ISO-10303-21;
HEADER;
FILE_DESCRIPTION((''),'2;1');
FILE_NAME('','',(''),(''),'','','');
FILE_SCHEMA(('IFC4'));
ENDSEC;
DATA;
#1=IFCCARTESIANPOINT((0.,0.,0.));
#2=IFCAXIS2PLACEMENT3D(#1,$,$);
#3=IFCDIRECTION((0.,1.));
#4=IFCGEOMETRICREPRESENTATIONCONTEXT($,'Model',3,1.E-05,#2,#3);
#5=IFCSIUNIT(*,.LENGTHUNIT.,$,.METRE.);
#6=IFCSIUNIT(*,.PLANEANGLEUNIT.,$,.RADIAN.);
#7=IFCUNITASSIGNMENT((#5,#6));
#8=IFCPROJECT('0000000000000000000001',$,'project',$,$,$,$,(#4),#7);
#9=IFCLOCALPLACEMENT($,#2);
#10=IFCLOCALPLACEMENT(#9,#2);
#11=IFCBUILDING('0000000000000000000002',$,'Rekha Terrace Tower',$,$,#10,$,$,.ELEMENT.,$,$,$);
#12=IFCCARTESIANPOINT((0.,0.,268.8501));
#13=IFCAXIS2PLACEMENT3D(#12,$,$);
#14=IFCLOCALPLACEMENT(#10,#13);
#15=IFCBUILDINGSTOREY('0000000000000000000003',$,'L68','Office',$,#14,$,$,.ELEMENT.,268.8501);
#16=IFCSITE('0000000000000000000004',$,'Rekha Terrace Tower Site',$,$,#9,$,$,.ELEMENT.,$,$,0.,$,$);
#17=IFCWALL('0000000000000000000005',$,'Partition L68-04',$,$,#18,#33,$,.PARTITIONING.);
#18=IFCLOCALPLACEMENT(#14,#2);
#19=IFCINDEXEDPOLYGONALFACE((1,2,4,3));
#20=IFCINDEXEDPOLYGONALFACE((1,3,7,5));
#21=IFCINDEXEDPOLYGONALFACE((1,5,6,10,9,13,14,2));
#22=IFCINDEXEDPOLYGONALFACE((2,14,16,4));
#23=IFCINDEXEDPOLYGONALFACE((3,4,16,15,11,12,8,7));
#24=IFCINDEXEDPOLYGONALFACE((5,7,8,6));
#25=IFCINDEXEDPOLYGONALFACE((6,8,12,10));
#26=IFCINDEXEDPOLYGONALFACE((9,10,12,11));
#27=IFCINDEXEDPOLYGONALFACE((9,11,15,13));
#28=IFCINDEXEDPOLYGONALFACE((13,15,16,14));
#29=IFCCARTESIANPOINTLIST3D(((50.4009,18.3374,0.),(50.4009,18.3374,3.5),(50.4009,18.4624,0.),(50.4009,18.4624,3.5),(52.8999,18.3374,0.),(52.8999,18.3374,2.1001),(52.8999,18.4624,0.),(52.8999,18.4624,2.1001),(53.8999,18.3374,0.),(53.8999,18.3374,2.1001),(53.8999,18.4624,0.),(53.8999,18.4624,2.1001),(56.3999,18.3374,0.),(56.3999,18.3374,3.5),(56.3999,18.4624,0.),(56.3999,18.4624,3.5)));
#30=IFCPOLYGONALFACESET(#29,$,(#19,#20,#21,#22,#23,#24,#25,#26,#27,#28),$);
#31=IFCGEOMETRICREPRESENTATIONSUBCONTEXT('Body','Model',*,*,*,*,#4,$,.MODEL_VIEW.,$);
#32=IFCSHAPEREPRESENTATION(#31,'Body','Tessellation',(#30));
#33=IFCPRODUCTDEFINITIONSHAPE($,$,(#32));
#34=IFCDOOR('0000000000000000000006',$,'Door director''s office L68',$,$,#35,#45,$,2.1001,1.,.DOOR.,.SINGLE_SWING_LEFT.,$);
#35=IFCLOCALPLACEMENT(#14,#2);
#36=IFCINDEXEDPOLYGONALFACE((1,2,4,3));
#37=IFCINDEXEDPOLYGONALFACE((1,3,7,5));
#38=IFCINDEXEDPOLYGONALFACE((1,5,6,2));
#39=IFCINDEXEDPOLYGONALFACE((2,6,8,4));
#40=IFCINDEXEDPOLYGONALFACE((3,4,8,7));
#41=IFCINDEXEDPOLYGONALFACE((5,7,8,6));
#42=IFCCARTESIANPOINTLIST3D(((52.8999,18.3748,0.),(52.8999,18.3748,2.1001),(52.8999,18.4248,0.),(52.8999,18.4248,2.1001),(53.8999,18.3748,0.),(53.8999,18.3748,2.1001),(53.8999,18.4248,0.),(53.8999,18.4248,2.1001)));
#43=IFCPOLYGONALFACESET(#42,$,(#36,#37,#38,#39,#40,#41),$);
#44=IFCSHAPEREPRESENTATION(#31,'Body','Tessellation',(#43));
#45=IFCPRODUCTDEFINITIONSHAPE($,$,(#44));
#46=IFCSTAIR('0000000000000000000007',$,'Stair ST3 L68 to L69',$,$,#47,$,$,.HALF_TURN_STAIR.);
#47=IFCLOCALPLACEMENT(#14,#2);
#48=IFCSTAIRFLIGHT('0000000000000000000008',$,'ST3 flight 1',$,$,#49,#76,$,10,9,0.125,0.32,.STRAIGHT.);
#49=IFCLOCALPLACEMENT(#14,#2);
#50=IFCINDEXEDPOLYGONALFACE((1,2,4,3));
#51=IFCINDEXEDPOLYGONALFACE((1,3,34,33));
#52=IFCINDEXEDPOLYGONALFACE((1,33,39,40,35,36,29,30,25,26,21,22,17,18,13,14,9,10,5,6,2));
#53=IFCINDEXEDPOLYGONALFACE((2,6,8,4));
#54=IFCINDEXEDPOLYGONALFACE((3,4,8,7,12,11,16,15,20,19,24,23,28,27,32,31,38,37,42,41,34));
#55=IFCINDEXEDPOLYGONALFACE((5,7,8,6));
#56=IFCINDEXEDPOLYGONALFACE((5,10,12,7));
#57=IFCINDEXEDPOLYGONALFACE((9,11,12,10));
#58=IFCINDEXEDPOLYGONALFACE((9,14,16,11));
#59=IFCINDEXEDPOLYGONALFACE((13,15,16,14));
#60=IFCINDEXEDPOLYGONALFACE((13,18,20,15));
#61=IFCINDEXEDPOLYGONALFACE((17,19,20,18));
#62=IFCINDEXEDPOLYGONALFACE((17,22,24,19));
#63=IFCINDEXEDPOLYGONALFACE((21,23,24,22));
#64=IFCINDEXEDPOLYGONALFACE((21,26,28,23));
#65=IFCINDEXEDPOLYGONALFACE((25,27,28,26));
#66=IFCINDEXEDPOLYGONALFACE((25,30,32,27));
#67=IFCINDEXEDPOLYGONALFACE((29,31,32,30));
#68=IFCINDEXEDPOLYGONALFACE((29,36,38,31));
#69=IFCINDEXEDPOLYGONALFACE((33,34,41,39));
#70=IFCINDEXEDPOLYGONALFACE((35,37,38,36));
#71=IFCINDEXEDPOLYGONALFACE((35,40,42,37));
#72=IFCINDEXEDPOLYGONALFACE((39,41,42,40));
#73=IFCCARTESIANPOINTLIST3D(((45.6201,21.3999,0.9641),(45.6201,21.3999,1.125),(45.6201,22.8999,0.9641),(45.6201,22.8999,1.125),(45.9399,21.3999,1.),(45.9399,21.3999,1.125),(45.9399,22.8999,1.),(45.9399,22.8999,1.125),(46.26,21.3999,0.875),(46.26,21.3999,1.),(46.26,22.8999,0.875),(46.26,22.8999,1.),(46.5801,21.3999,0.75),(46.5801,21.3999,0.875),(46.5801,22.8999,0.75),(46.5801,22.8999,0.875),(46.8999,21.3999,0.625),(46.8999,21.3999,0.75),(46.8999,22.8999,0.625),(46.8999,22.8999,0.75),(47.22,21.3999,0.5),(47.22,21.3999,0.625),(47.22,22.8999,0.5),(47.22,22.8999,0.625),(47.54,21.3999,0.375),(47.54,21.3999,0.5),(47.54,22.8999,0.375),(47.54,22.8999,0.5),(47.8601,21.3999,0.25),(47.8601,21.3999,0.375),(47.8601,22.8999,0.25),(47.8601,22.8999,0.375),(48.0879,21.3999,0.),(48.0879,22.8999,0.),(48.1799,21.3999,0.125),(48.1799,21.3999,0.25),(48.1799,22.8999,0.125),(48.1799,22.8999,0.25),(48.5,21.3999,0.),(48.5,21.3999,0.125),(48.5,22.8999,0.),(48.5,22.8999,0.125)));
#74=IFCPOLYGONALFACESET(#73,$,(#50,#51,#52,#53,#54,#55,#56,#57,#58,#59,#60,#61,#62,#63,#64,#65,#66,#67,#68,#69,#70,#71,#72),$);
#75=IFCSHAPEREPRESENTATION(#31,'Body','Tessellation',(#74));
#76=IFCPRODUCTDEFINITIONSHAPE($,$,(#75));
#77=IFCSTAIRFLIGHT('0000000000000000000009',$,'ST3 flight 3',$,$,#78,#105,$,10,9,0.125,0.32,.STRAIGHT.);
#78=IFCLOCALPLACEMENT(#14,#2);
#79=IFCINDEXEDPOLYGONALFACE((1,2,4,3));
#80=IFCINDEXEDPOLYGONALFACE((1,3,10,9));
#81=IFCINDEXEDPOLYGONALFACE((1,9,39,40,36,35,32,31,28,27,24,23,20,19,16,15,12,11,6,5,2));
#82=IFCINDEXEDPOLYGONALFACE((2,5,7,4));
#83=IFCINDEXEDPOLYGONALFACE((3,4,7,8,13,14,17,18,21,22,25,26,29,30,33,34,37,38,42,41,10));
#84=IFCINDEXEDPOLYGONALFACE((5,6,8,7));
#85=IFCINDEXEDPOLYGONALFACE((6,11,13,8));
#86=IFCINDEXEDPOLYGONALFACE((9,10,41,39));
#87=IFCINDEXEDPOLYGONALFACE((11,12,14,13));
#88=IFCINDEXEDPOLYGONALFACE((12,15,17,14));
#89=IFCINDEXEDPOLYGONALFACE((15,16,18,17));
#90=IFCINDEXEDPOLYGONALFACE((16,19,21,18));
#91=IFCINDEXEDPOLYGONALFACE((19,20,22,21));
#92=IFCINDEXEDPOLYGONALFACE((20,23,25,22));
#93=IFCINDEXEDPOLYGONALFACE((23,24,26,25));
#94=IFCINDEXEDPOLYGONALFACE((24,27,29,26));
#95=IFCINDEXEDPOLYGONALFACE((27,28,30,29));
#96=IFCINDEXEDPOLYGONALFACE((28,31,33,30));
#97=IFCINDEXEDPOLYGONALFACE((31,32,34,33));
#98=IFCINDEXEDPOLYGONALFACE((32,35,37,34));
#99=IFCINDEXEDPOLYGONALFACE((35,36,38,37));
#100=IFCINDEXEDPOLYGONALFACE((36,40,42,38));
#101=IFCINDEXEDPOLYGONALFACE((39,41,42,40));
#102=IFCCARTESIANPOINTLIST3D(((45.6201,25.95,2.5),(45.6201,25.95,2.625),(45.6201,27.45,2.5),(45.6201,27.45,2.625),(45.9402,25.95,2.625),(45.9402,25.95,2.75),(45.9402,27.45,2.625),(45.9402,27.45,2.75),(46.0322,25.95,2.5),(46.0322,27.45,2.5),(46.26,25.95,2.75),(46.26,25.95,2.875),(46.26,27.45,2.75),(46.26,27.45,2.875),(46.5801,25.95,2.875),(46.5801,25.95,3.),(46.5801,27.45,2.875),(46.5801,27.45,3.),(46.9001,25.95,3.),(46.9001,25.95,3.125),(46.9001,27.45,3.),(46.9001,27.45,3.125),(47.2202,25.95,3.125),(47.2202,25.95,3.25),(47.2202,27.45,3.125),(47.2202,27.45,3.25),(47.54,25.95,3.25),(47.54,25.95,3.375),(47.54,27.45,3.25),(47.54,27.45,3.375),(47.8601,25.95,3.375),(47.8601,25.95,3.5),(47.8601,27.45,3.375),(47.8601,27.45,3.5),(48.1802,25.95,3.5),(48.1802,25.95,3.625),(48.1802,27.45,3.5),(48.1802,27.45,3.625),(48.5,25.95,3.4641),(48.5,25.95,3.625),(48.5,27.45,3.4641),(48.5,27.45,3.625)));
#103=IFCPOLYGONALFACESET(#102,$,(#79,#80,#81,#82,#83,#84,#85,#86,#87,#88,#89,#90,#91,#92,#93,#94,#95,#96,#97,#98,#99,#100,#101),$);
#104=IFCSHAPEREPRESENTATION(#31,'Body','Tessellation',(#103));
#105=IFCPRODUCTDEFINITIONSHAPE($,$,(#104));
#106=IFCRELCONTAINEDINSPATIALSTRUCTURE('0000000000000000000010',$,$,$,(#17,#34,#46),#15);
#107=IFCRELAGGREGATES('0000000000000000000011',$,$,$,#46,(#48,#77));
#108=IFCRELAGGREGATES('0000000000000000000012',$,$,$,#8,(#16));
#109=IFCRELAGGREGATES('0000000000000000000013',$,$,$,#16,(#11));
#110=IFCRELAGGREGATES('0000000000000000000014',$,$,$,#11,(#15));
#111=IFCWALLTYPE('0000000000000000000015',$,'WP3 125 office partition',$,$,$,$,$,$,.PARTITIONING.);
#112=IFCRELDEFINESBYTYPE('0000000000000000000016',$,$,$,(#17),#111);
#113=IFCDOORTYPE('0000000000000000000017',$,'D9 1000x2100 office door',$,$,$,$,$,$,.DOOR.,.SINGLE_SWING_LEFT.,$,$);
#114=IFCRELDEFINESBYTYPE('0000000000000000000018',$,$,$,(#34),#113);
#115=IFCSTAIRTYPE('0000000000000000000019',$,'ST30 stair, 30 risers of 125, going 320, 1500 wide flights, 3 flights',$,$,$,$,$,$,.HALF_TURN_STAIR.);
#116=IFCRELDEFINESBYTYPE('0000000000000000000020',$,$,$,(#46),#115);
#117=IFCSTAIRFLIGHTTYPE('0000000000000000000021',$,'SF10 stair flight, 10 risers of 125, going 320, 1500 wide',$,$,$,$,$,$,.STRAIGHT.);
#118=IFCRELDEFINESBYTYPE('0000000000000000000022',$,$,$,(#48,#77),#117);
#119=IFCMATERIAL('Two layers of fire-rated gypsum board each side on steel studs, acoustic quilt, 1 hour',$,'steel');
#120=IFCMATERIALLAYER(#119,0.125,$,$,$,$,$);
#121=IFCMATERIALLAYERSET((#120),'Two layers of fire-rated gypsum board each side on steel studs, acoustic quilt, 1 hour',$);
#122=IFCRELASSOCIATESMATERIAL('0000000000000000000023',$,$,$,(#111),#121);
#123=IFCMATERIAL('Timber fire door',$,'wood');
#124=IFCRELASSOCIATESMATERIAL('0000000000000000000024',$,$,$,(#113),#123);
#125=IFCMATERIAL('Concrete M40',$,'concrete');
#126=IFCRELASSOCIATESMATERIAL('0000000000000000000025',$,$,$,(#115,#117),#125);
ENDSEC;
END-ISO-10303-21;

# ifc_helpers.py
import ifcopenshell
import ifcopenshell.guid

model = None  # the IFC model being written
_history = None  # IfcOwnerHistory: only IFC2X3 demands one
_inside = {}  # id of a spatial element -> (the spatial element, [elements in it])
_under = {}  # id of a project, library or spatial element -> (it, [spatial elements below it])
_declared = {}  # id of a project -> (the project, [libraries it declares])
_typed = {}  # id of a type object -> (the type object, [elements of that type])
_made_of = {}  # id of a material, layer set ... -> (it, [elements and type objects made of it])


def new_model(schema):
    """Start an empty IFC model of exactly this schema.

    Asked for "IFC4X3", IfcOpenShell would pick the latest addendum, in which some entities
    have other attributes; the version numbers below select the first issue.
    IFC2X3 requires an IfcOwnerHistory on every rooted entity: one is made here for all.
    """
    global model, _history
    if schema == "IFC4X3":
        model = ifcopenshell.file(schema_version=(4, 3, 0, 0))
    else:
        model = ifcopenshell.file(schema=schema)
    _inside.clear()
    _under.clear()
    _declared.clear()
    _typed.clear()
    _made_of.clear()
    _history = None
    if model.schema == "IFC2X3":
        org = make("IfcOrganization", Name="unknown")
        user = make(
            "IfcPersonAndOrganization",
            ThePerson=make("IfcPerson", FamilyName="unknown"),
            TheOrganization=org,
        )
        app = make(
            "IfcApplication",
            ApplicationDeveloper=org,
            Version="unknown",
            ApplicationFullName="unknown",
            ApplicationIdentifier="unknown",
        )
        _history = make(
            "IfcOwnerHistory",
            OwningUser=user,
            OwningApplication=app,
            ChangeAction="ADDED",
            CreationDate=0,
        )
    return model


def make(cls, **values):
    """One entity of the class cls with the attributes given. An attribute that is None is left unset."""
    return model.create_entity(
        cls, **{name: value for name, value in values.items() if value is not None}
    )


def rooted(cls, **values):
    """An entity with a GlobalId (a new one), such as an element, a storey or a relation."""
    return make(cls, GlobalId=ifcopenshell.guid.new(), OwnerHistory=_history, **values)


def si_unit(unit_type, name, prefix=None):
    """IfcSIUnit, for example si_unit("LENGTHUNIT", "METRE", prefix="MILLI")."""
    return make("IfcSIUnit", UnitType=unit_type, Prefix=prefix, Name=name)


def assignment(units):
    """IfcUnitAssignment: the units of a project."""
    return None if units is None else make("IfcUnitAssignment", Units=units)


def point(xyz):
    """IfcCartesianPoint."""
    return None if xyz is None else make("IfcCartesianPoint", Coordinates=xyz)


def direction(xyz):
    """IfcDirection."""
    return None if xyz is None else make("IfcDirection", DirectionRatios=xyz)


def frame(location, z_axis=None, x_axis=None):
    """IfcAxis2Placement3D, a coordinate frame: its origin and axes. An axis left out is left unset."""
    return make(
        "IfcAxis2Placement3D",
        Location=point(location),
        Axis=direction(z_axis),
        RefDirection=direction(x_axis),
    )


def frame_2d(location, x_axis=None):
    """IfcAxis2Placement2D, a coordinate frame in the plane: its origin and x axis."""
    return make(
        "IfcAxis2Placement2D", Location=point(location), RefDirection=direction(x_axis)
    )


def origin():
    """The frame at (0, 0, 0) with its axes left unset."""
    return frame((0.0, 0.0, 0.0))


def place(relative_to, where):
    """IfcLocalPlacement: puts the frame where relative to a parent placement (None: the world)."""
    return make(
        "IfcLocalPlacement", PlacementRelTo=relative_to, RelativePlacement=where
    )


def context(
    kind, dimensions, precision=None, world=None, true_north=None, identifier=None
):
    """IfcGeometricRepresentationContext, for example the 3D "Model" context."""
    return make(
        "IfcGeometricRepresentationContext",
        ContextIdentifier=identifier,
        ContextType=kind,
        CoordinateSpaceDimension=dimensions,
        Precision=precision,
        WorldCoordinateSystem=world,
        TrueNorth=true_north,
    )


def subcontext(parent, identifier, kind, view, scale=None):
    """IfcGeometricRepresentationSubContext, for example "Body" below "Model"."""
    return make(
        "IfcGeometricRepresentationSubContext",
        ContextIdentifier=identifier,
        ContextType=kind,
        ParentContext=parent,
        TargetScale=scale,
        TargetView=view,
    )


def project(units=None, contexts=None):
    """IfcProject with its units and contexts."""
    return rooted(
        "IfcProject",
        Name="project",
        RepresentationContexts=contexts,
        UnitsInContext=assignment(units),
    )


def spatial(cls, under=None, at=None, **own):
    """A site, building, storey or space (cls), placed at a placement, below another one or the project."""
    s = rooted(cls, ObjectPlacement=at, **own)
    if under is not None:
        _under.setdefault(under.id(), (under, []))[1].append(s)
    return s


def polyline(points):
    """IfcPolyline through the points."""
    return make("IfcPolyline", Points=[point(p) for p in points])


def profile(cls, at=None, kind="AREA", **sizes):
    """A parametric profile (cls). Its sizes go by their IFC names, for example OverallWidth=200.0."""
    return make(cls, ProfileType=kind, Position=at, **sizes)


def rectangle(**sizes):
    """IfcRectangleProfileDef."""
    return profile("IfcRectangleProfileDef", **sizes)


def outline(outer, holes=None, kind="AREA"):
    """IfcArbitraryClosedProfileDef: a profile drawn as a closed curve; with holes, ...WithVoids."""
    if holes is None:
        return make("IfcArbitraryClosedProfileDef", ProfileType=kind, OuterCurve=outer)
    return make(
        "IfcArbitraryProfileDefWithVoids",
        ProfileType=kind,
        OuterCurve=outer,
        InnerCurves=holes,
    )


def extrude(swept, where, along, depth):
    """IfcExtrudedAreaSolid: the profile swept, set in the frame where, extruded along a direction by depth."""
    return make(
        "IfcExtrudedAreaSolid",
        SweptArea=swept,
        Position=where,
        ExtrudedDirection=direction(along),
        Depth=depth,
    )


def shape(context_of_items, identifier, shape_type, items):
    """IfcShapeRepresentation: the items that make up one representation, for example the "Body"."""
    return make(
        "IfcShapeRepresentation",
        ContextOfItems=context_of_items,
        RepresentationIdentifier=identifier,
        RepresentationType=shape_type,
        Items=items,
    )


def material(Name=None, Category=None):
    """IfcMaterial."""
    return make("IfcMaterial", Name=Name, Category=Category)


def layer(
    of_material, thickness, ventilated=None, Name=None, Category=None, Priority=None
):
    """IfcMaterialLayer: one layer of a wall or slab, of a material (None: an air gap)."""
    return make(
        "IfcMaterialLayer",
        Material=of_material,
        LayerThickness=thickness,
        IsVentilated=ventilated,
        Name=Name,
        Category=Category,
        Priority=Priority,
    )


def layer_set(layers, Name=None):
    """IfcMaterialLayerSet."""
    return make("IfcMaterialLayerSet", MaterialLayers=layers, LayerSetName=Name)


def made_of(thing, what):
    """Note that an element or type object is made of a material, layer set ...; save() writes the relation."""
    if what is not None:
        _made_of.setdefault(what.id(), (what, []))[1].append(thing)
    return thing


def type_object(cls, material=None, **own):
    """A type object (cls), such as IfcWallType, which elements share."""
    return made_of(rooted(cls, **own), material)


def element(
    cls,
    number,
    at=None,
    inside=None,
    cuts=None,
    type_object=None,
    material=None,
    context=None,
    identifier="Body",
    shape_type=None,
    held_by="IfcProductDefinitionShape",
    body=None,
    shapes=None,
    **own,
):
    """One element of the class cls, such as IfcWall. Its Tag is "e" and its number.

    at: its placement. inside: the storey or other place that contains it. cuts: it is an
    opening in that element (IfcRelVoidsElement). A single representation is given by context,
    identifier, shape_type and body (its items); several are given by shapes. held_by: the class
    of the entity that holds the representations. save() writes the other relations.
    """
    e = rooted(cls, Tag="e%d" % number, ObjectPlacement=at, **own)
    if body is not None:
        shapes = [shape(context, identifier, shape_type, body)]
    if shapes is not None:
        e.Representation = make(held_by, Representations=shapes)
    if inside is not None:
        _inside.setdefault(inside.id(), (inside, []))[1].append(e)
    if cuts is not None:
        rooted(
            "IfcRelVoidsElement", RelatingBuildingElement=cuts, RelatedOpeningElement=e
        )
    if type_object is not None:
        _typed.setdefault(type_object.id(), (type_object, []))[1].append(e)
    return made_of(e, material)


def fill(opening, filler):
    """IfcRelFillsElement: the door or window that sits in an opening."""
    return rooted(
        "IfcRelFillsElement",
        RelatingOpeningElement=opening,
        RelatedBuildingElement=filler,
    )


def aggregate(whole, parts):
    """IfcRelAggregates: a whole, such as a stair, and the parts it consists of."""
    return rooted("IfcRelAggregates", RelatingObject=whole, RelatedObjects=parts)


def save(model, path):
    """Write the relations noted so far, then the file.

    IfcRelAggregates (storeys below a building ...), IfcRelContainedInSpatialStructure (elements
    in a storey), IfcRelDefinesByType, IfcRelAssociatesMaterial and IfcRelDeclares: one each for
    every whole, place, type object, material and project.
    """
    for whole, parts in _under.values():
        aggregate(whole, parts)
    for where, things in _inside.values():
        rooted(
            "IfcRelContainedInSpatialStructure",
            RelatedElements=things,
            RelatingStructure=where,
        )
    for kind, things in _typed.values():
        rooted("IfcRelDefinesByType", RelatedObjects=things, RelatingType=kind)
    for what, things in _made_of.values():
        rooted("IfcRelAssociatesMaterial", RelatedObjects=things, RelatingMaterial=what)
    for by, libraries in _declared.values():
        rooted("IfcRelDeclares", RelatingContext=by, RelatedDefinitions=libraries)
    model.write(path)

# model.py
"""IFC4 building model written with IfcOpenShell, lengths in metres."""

from ifc_helpers import new_model, si_unit, direction, frame, frame_2d, origin, place, context, subcontext, project, spatial, polyline, rectangle, outline, extrude, material, layer, layer_set, type_object, element, fill, aggregate, save


model = new_model("IFC4")

# Units and contexts
model_context = context("Model", 3, precision=1e-05, world=origin(), true_north=direction((0.0, 1.0)))
body_context = subcontext(model_context, "Body", "Model", "MODEL_VIEW")
ifc_project = project(units=[si_unit("LENGTHUNIT", "METRE"), si_unit("PLANEANGLEUNIT", "RADIAN")], contexts=[model_context])

# Site, building, storey
site_placement = place(None, origin())
site = spatial("IfcSite", under=ifc_project, at=site_placement, Name="Rekha Terrace Tower Site", CompositionType="ELEMENT", RefElevation=0.0)
building_placement = place(site_placement, origin())
building = spatial("IfcBuilding", under=site, at=building_placement, Name="Rekha Terrace Tower", CompositionType="ELEMENT")
storey_placement = place(building_placement, frame((0.0, 0.0, 268.8501)))
storey = spatial("IfcBuildingStorey", under=building, at=storey_placement, Name="L68", Description="Office", CompositionType="ELEMENT", Elevation=268.8501)

# Shared definitions
ifc_material_1 = material(Name="Two layers of fire-rated gypsum board each side on steel studs, acoustic quilt, 1 hour", Category="steel")
ifc_layer_1 = layer(ifc_material_1, 0.125)
ifc_layer_set_1 = layer_set([ifc_layer_1], Name="Two layers of fire-rated gypsum board each side on steel studs, acoustic quilt, 1 hour")
wall_type_1 = type_object("IfcWallType", Name="WP3 125 office partition", PredefinedType="PARTITIONING", material=ifc_layer_set_1)

# Wall, opening, door
wall_1_placement = place(storey_placement, frame((50.4009, 18.3999, 0.0), z_axis=(0.0, 0.0, 1.0), x_axis=(1.0, 0.0, 0.0)))
wall_1 = element("IfcWall", 1, at=wall_1_placement, inside=storey, type_object=wall_type_1, Name="Partition L68-04", PredefinedType="PARTITIONING", context=body_context, shape_type="SweptSolid", body=[
    extrude(rectangle(XDim=5.999, YDim=0.125, at=frame_2d((2.9995, 0.0))), origin(), (0.0, 0.0, 1.0), 3.5),
])
opening_1_placement = place(wall_1_placement, frame((2.499, 0.0, 0.0)))
opening_1 = element("IfcOpeningElement", 2, at=opening_1_placement, cuts=wall_1, PredefinedType="OPENING", context=body_context, shape_type="SweptSolid", body=[
    extrude(rectangle(XDim=1.0, YDim=2.1001, at=frame_2d((0.5, 1.05))), frame((0.0, 0.0725, 0.0), z_axis=(0.0, -1.0, 0.0), x_axis=(1.0, 0.0, 0.0)), (0.0, 0.0, 1.0), 0.145),
])
ifc_material_2 = material(Name="Timber fire door", Category="wood")
door_type_1 = type_object("IfcDoorType", Name="D9 1000x2100 office door", OperationType="SINGLE_SWING_LEFT", PredefinedType="DOOR", material=ifc_material_2)
door_1_placement = place(opening_1_placement, origin())
door_1 = element("IfcDoor", 3, at=door_1_placement, inside=storey, type_object=door_type_1, Name="Door director's office L68", OperationType="SINGLE_SWING_LEFT", OverallHeight=2.1001, OverallWidth=1.0, PredefinedType="DOOR", context=body_context, shape_type="SweptSolid", body=[
    extrude(rectangle(XDim=1.0, YDim=2.1001, at=frame_2d((0.5, 1.05))), frame((0.0, 0.0249, 0.0), z_axis=(0.0, -1.0, 0.0), x_axis=(1.0, 0.0, 0.0)), (0.0, 0.0, 1.0), 0.05),
])
fill(opening_1, door_1)

# Stair, stair flights
ifc_material_3 = material(Name="Concrete M40", Category="concrete")
stair_type = type_object("IfcStairType", Name="ST30 stair, 30 risers of 125, going 320, 1500 wide flights, 3 flights", PredefinedType="HALF_TURN_STAIR", material=ifc_material_3)
stair_placement = place(storey_placement, origin())
stair = element("IfcStair", 4, at=stair_placement, inside=storey, type_object=stair_type, Name="Stair ST3 L68 to L69", PredefinedType="HALF_TURN_STAIR")
stair_flight_type = type_object("IfcStairFlightType", Name="SF10 stair flight, 10 risers of 125, going 320, 1500 wide", PredefinedType="STRAIGHT", material=ifc_material_3)
stair_flight_1_placement = place(storey_placement, frame((48.5, 22.1499, 0.0), z_axis=(0.0, 0.0, 1.0), x_axis=(-1.0, 0.0, 0.0)))
stair_flight_1 = element("IfcStairFlight", 5, at=stair_flight_1_placement, type_object=stair_flight_type, Name="ST3 flight 1", NumberOfRisers=10, NumberOfTreads=9, PredefinedType="STRAIGHT", RiserHeight=0.125, TreadLength=0.32, context=body_context, shape_type="SweptSolid", body=[
    extrude(outline(polyline([(0.0, 0.0), (0.0, 0.125), (0.3201, 0.125), (0.3201, 0.25), (0.6399, 0.25), (0.6399, 0.375), (0.96, 0.375), (0.96, 0.5), (1.28, 0.5), (1.28, 0.625), (1.6001, 0.625), (1.6001, 0.75), (1.9199, 0.75), (1.9199, 0.875), (2.24, 0.875), (2.24, 1.0), (2.5601, 1.0), (2.5601, 1.125), (2.8799, 1.125), (2.8799, 1.25), (2.8799, 0.9641), (0.4121, 0.0), (0.0, 0.0)])), frame((0.0, 0.75, 0.0), z_axis=(0.0, -1.0, 0.0), x_axis=(1.0, 0.0, 0.0)), (0.0, 0.0, 1.0), 1.5),
])
stair_flight_2_placement = place(storey_placement, frame((45.6201, 26.7, 2.5), z_axis=(0.0, 0.0, 1.0), x_axis=(1.0, 0.0, 0.0)))
stair_flight_2 = element("IfcStairFlight", 6, at=stair_flight_2_placement, type_object=stair_flight_type, Name="ST3 flight 3", NumberOfRisers=10, NumberOfTreads=9, PredefinedType="STRAIGHT", RiserHeight=0.125, TreadLength=0.32, context=body_context, shape_type="SweptSolid", body=[
    extrude(outline(polyline([(0.0, 0.0), (0.0, 0.125), (0.3201, 0.125), (0.3201, 0.25), (0.6399, 0.25), (0.6399, 0.375), (0.96, 0.375), (0.96, 0.5), (1.28, 0.5), (1.28, 0.625), (1.6001, 0.625), (1.6001, 0.75), (1.9199, 0.75), (1.9199, 0.875), (2.24, 0.875), (2.24, 1.0), (2.5601, 1.0), (2.5601, 1.125), (2.8799, 1.125), (2.8799, 1.25), (2.8799, 0.9641), (0.4121, 0.0), (0.0, 0.0)])), frame((0.0, 0.75, 0.0), z_axis=(0.0, -1.0, 0.0), x_axis=(1.0, 0.0, 0.0)), (0.0, 0.0, 1.0), 1.5),
])
aggregate(stair, [stair_flight_1, stair_flight_2])

save(model, "model.ifc")
